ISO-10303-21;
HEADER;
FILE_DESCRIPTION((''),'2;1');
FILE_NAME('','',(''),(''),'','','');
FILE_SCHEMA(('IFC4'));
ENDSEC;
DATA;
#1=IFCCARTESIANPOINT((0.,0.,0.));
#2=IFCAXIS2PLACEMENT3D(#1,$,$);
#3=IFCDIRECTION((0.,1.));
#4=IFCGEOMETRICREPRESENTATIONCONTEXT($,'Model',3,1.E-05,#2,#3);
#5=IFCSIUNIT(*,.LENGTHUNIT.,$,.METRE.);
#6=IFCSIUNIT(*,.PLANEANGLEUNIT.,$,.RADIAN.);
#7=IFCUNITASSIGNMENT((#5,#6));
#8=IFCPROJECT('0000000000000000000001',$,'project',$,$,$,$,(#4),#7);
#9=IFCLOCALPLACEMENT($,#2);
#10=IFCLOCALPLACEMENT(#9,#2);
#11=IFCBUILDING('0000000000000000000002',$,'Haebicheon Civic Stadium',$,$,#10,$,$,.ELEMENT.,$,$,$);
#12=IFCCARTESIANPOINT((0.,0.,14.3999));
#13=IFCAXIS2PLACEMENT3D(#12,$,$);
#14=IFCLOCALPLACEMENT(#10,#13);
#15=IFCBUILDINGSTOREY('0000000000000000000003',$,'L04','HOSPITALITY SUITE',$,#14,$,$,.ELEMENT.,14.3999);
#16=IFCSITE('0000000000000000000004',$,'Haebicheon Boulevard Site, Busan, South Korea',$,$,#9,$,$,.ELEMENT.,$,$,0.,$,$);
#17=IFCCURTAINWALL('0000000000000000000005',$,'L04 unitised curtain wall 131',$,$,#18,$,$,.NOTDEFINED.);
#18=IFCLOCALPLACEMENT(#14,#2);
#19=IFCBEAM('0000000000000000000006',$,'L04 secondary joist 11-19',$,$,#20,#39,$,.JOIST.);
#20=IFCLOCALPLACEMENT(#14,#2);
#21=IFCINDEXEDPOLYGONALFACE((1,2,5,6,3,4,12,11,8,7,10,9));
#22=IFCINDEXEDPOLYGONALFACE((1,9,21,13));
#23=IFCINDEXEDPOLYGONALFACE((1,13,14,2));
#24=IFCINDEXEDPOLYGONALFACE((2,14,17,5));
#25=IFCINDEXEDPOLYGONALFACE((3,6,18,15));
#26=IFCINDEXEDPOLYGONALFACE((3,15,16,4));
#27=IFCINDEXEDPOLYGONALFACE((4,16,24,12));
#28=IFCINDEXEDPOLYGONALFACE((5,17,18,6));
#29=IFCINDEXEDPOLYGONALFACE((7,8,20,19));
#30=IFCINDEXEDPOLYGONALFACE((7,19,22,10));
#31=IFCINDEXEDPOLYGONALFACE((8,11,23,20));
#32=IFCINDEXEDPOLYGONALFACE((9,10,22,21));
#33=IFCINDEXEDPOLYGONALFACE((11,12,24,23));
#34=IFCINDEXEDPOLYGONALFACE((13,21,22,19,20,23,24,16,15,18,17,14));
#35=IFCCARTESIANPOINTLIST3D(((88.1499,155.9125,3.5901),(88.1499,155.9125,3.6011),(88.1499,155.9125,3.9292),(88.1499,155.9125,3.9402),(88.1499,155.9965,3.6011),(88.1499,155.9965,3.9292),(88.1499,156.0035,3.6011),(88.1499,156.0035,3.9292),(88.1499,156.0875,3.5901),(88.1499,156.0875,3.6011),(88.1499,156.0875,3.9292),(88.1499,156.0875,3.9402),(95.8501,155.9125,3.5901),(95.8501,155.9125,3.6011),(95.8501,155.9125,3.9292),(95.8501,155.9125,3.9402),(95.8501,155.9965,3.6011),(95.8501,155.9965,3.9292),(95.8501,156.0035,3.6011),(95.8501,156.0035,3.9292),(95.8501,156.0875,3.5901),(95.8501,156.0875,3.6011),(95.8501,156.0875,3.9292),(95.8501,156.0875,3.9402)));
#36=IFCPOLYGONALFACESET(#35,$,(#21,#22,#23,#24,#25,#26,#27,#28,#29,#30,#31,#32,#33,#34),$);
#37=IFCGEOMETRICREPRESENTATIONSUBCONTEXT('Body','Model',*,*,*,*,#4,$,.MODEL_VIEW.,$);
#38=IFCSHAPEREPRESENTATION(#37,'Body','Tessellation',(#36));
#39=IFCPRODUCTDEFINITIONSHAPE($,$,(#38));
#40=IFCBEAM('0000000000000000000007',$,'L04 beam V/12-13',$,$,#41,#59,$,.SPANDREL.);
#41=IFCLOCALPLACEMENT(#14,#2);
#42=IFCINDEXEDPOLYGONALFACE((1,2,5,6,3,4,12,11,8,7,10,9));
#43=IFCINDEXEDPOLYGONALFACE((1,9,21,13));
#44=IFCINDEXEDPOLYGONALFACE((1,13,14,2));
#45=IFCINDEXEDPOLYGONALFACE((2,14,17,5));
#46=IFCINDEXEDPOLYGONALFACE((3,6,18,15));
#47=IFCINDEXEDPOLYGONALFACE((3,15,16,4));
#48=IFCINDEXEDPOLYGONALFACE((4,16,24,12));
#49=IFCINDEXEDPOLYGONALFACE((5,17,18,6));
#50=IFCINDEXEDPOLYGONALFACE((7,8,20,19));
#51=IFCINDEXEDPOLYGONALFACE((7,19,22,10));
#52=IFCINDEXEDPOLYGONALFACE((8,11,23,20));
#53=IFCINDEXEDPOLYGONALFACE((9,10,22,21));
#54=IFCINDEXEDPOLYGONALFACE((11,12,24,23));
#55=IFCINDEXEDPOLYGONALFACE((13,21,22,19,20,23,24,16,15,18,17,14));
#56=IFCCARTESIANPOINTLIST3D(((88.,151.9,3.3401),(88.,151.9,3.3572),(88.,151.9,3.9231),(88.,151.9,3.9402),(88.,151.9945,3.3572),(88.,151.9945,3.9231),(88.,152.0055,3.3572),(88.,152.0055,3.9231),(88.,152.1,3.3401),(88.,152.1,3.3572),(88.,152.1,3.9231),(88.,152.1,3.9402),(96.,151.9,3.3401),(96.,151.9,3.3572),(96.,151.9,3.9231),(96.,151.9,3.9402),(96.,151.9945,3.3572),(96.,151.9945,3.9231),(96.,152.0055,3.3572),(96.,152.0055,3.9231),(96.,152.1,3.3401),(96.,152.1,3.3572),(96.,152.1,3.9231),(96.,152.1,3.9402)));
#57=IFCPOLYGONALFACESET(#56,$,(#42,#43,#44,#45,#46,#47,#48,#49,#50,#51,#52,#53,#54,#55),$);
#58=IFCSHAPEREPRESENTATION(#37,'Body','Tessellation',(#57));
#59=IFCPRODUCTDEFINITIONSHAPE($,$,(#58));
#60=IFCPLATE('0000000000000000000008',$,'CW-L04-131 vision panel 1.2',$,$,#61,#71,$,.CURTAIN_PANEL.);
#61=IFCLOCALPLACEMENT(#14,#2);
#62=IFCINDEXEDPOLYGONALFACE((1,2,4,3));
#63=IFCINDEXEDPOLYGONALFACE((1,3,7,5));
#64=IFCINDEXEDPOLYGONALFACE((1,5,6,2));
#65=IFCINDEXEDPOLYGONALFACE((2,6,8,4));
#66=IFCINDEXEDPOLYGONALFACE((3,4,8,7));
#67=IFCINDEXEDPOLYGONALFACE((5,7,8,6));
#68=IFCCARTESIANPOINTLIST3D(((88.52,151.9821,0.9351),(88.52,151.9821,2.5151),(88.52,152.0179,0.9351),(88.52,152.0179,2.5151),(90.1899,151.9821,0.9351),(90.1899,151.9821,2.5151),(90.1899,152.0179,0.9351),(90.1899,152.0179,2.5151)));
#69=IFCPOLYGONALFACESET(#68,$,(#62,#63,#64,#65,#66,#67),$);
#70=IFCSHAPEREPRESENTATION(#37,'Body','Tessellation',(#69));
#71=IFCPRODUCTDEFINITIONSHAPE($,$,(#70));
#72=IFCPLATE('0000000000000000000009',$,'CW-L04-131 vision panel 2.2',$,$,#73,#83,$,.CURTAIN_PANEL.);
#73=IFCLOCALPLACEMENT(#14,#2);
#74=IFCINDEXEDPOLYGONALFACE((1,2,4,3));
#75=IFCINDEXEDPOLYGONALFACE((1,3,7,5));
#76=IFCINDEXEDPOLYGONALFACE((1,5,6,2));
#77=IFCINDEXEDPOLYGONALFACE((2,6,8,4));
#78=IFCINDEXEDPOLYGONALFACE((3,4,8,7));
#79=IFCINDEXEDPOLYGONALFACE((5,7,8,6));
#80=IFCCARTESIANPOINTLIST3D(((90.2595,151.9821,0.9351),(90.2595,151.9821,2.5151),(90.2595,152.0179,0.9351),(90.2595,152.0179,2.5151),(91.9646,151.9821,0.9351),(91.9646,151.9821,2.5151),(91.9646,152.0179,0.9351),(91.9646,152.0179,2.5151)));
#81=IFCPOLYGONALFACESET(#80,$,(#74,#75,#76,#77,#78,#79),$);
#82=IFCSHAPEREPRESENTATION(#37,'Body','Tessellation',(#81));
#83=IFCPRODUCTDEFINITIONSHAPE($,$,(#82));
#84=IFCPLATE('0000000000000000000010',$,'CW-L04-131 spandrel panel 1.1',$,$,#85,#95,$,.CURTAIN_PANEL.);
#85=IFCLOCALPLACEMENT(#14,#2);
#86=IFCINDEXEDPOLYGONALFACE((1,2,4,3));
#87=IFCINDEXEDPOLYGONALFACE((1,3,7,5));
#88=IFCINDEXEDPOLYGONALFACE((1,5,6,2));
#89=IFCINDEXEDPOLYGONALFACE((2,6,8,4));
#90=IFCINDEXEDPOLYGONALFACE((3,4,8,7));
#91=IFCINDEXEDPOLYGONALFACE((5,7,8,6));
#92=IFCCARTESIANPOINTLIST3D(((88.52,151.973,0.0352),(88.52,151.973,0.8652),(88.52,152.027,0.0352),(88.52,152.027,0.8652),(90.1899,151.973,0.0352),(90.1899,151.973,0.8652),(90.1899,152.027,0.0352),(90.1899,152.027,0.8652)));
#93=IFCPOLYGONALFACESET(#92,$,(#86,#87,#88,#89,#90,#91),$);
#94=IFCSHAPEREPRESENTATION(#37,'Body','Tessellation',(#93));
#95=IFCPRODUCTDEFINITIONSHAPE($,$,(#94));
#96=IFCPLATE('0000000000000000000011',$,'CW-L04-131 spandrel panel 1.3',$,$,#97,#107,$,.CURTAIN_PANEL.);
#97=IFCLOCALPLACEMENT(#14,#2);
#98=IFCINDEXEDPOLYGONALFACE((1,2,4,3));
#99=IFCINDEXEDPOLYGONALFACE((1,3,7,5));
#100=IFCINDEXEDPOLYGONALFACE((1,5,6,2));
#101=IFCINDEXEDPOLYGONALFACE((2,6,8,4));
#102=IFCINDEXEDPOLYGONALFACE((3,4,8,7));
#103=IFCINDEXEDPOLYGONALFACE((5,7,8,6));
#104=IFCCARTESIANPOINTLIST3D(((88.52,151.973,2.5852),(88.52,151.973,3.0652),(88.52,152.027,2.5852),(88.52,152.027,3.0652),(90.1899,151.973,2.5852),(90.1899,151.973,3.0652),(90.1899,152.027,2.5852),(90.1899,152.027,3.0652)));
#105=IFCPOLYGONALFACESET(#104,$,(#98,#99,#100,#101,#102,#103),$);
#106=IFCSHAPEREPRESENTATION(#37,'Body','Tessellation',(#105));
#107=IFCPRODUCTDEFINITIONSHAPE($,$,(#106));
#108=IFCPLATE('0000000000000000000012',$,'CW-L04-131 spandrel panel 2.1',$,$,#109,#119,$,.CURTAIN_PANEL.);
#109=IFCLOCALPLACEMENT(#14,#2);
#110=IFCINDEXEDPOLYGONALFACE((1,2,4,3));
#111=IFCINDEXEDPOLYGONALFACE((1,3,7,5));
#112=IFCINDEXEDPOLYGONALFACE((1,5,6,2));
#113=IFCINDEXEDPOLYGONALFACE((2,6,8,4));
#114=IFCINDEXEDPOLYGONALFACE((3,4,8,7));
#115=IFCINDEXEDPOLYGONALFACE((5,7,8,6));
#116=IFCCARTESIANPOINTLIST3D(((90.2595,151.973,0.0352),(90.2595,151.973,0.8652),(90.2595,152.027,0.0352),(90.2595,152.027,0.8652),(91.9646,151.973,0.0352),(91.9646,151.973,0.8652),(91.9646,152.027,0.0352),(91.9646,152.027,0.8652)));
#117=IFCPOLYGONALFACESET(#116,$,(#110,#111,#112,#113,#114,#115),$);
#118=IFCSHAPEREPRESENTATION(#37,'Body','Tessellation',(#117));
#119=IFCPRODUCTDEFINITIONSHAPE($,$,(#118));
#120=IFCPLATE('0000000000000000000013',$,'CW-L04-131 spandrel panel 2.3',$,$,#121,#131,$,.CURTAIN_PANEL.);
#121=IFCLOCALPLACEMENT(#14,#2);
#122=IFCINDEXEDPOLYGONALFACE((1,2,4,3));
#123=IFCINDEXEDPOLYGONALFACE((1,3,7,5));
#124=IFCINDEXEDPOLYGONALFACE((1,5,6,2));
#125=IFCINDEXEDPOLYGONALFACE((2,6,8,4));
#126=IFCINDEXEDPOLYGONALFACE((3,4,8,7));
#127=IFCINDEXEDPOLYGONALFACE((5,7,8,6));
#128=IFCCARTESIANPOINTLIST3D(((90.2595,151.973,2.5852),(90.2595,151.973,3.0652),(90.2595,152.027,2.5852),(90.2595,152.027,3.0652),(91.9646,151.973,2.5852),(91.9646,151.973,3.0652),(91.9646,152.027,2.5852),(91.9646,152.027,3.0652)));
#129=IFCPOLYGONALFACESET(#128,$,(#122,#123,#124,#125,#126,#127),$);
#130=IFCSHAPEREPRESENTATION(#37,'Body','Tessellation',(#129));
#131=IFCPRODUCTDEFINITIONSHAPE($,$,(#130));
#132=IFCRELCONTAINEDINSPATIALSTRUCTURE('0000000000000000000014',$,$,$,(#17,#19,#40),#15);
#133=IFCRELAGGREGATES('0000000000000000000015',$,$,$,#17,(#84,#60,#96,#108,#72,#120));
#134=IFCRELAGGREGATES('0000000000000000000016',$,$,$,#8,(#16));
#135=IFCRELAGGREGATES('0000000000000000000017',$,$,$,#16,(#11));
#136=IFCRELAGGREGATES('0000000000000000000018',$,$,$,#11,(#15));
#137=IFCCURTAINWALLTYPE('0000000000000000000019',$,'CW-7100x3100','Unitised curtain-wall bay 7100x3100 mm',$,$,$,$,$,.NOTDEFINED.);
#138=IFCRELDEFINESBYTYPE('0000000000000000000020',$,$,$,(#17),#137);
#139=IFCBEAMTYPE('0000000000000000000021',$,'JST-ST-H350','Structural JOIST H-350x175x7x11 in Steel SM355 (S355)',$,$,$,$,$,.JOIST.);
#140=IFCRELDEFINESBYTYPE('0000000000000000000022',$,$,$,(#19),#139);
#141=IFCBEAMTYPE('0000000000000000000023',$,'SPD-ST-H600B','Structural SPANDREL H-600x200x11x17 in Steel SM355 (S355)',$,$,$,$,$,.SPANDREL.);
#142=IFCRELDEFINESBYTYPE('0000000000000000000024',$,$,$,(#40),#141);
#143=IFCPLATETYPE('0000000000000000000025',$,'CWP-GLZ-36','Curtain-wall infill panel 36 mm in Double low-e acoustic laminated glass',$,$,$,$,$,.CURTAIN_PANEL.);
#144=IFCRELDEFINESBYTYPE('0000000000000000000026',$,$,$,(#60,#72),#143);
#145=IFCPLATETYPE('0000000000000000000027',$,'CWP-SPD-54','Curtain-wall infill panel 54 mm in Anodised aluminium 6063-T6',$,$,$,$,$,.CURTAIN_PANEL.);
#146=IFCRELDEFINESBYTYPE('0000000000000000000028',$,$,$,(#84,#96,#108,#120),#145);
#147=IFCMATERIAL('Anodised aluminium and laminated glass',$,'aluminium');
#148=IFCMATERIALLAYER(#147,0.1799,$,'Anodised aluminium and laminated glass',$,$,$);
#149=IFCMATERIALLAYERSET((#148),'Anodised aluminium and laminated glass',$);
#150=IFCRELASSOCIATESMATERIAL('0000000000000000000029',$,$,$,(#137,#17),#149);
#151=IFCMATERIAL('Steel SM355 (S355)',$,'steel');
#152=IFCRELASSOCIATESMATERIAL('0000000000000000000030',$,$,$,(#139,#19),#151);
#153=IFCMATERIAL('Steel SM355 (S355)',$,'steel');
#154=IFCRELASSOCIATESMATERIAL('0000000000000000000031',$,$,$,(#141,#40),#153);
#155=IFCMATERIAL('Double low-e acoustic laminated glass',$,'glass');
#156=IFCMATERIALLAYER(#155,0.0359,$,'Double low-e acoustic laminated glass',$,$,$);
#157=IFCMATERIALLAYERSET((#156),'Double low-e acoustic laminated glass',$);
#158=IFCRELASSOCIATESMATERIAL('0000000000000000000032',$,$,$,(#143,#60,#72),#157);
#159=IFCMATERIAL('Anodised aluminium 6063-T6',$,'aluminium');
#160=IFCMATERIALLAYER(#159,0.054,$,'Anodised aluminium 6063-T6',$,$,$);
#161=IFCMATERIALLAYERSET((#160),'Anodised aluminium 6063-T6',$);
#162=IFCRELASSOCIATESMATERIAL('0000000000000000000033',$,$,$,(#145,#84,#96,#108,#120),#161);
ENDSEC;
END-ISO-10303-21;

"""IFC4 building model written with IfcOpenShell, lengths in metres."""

from ifc_helpers import new_model, si_unit, direction, frame, origin, origin_2d, place, context, subcontext, project, spatial, rectangle, i_section, extrude, material, layer, layer_set, material_profile, profile_set, type_object, element, aggregate, save


model = new_model("IFC4")

# Units and contexts
model_context = context("Model", 3, precision=1e-05, world=origin(), true_north=direction((0.0, 1.0)))
body_context = subcontext(model_context, "Body", "Model", "MODEL_VIEW")
ifc_project = project(units=[si_unit("LENGTHUNIT", "METRE"), si_unit("PLANEANGLEUNIT", "RADIAN")], contexts=[model_context])

# Site, building, storey
site_placement = place(None, origin())
site = spatial("IfcSite", under=ifc_project, at=site_placement, Name="Haebicheon Boulevard Site, Busan, South Korea", CompositionType="ELEMENT", RefElevation=0.0)
building_placement = place(site_placement, origin())
building = spatial("IfcBuilding", under=site, at=building_placement, Name="Haebicheon Civic Stadium", CompositionType="ELEMENT")
storey_placement = place(building_placement, frame((0.0, 0.0, 14.3999)))
storey = spatial("IfcBuildingStorey", under=building, at=storey_placement, Name="L04", Description="HOSPITALITY SUITE", CompositionType="ELEMENT", Elevation=14.3999)

# Curtain wall
ifc_material_1 = material(Name="Anodised aluminium and laminated glass", Category="aluminium")
ifc_layer_1 = layer(ifc_material_1, 0.1799, Name="Anodised aluminium and laminated glass")
ifc_layer_set_1 = layer_set([ifc_layer_1], Name="Anodised aluminium and laminated glass")
curtain_wall_type = type_object("IfcCurtainWallType", Name="CW-7100x3100", Description="Unitised curtain-wall bay 7100x3100 mm", PredefinedType="NOTDEFINED", material=ifc_layer_set_1)
curtain_wall_placement = place(storey_placement, origin())
curtain_wall = element("IfcCurtainWall", 1, at=curtain_wall_placement, inside=storey, type_object=curtain_wall_type, material=ifc_layer_set_1, Name="L04 unitised curtain wall 131", PredefinedType="NOTDEFINED")

# Beams
ifc_material_2 = material(Name="Steel SM355 (S355)", Category="steel")
ifc_material_profile_1 = material_profile(ifc_material_2, i_section(OverallWidth=0.175, OverallDepth=0.3501, WebThickness=0.0071, FlangeThickness=0.011, at=origin_2d()), Name="H-350x175x7x11")
ifc_profile_set_1 = profile_set([ifc_material_profile_1], Name="Steel SM355 (S355)")
beam_type_1 = type_object("IfcBeamType", Name="JST-ST-H350", Description="Structural JOIST H-350x175x7x11 in Steel SM355 (S355)", PredefinedType="JOIST", material=ifc_profile_set_1)
beam_1_placement = place(storey_placement, frame((88.1499, 156.0, 3.7651), z_axis=(1.0, 0.0, 0.0), x_axis=(0.0, 1.0, 0.0)))
element("IfcBeam", 2, at=beam_1_placement, inside=storey, type_object=beam_type_1, material=ifc_profile_set_1, Name="L04 secondary joist 11-19", PredefinedType="JOIST", context=body_context, shape_type="SweptSolid", body=[
    extrude(i_section(OverallWidth=0.175, OverallDepth=0.3501, WebThickness=0.0071, FlangeThickness=0.011, at=origin_2d()), origin(), (0.0, 0.0, 1.0), 7.7002),
])
ifc_material_3 = material(Name="Steel SM355 (S355)", Category="steel")
ifc_material_profile_2 = material_profile(ifc_material_3, i_section(OverallWidth=0.2, OverallDepth=0.6001, WebThickness=0.011, FlangeThickness=0.0171, at=origin_2d()), Name="H-600x200x11x17")
ifc_profile_set_2 = profile_set([ifc_material_profile_2], Name="Steel SM355 (S355)")
beam_type_2 = type_object("IfcBeamType", Name="SPD-ST-H600B", Description="Structural SPANDREL H-600x200x11x17 in Steel SM355 (S355)", PredefinedType="SPANDREL", material=ifc_profile_set_2)
beam_2_placement = place(storey_placement, frame((88.0, 152.0, 3.6401), z_axis=(1.0, 0.0, 0.0), x_axis=(0.0, 1.0, 0.0)))
element("IfcBeam", 3, at=beam_2_placement, inside=storey, type_object=beam_type_2, material=ifc_profile_set_2, Name="L04 beam V/12-13", PredefinedType="SPANDREL", context=body_context, shape_type="SweptSolid", body=[
    extrude(i_section(OverallWidth=0.2, OverallDepth=0.6001, WebThickness=0.011, FlangeThickness=0.0171, at=origin_2d()), origin(), (0.0, 0.0, 1.0), 8.0),
])

# Plates
ifc_material_4 = material(Name="Double low-e acoustic laminated glass", Category="glass")
ifc_layer_2 = layer(ifc_material_4, 0.0359, Name="Double low-e acoustic laminated glass")
ifc_layer_set_2 = layer_set([ifc_layer_2], Name="Double low-e acoustic laminated glass")
plate_type_1 = type_object("IfcPlateType", Name="CWP-GLZ-36", Description="Curtain-wall infill panel 36 mm in Double low-e acoustic laminated glass", PredefinedType="CURTAIN_PANEL", material=ifc_layer_set_2)
plate_1_placement = place(storey_placement, frame((89.355, 152.0, 0.9351), z_axis=(0.0, 0.0, 1.0), x_axis=(1.0, 0.0, 0.0)))
plate_1 = element("IfcPlate", 4, at=plate_1_placement, type_object=plate_type_1, material=ifc_layer_set_2, Name="CW-L04-131 vision panel 1.2", PredefinedType="CURTAIN_PANEL", context=body_context, shape_type="SweptSolid", body=[
    extrude(rectangle(XDim=1.6699, YDim=0.0359, at=origin_2d()), origin(), (0.0, 0.0, 1.0), 1.5801),
])
plate_2_placement = place(storey_placement, frame((91.1121, 152.0, 0.9351), z_axis=(0.0, 0.0, 1.0), x_axis=(1.0, 0.0, 0.0)))
plate_2 = element("IfcPlate", 5, at=plate_2_placement, type_object=plate_type_1, material=ifc_layer_set_2, Name="CW-L04-131 vision panel 2.2", PredefinedType="CURTAIN_PANEL", context=body_context, shape_type="SweptSolid", body=[
    extrude(rectangle(XDim=1.7051, YDim=0.0359, at=origin_2d()), origin(), (0.0, 0.0, 1.0), 1.5801),
])
ifc_material_5 = material(Name="Anodised aluminium 6063-T6", Category="aluminium")
ifc_layer_3 = layer(ifc_material_5, 0.054, Name="Anodised aluminium 6063-T6")
ifc_layer_set_3 = layer_set([ifc_layer_3], Name="Anodised aluminium 6063-T6")
plate_type_2 = type_object("IfcPlateType", Name="CWP-SPD-54", Description="Curtain-wall infill panel 54 mm in Anodised aluminium 6063-T6", PredefinedType="CURTAIN_PANEL", material=ifc_layer_set_3)
plate_3_placement = place(storey_placement, frame((89.355, 152.0, 0.0352), z_axis=(0.0, 0.0, 1.0), x_axis=(1.0, 0.0, 0.0)))
plate_3 = element("IfcPlate", 6, at=plate_3_placement, type_object=plate_type_2, material=ifc_layer_set_3, Name="CW-L04-131 spandrel panel 1.1", PredefinedType="CURTAIN_PANEL", context=body_context, shape_type="SweptSolid", body=[
    extrude(rectangle(XDim=1.6699, YDim=0.054, at=origin_2d()), origin(), (0.0, 0.0, 1.0), 0.8301),
])
plate_4_placement = place(storey_placement, frame((89.355, 152.0, 2.5852), z_axis=(0.0, 0.0, 1.0), x_axis=(1.0, 0.0, 0.0)))
plate_4 = element("IfcPlate", 7, at=plate_4_placement, type_object=plate_type_2, material=ifc_layer_set_3, Name="CW-L04-131 spandrel panel 1.3", PredefinedType="CURTAIN_PANEL", context=body_context, shape_type="SweptSolid", body=[
    extrude(rectangle(XDim=1.6699, YDim=0.054, at=origin_2d()), origin(), (0.0, 0.0, 1.0), 0.48),
])
plate_5_placement = place(storey_placement, frame((91.1121, 152.0, 0.0352), z_axis=(0.0, 0.0, 1.0), x_axis=(1.0, 0.0, 0.0)))
plate_5 = element("IfcPlate", 8, at=plate_5_placement, type_object=plate_type_2, material=ifc_layer_set_3, Name="CW-L04-131 spandrel panel 2.1", PredefinedType="CURTAIN_PANEL", context=body_context, shape_type="SweptSolid", body=[
    extrude(rectangle(XDim=1.7051, YDim=0.054, at=origin_2d()), origin(), (0.0, 0.0, 1.0), 0.8301),
])
plate_6_placement = place(storey_placement, frame((91.1121, 152.0, 2.5852), z_axis=(0.0, 0.0, 1.0), x_axis=(1.0, 0.0, 0.0)))
plate_6 = element("IfcPlate", 9, at=plate_6_placement, type_object=plate_type_2, material=ifc_layer_set_3, Name="CW-L04-131 spandrel panel 2.3", PredefinedType="CURTAIN_PANEL", context=body_context, shape_type="SweptSolid", body=[
    extrude(rectangle(XDim=1.7051, YDim=0.054, at=origin_2d()), origin(), (0.0, 0.0, 1.0), 0.48),
])
aggregate(curtain_wall, [plate_3, plate_1, plate_4, plate_5, plate_2, plate_6])

save(model, "model.ifc")
